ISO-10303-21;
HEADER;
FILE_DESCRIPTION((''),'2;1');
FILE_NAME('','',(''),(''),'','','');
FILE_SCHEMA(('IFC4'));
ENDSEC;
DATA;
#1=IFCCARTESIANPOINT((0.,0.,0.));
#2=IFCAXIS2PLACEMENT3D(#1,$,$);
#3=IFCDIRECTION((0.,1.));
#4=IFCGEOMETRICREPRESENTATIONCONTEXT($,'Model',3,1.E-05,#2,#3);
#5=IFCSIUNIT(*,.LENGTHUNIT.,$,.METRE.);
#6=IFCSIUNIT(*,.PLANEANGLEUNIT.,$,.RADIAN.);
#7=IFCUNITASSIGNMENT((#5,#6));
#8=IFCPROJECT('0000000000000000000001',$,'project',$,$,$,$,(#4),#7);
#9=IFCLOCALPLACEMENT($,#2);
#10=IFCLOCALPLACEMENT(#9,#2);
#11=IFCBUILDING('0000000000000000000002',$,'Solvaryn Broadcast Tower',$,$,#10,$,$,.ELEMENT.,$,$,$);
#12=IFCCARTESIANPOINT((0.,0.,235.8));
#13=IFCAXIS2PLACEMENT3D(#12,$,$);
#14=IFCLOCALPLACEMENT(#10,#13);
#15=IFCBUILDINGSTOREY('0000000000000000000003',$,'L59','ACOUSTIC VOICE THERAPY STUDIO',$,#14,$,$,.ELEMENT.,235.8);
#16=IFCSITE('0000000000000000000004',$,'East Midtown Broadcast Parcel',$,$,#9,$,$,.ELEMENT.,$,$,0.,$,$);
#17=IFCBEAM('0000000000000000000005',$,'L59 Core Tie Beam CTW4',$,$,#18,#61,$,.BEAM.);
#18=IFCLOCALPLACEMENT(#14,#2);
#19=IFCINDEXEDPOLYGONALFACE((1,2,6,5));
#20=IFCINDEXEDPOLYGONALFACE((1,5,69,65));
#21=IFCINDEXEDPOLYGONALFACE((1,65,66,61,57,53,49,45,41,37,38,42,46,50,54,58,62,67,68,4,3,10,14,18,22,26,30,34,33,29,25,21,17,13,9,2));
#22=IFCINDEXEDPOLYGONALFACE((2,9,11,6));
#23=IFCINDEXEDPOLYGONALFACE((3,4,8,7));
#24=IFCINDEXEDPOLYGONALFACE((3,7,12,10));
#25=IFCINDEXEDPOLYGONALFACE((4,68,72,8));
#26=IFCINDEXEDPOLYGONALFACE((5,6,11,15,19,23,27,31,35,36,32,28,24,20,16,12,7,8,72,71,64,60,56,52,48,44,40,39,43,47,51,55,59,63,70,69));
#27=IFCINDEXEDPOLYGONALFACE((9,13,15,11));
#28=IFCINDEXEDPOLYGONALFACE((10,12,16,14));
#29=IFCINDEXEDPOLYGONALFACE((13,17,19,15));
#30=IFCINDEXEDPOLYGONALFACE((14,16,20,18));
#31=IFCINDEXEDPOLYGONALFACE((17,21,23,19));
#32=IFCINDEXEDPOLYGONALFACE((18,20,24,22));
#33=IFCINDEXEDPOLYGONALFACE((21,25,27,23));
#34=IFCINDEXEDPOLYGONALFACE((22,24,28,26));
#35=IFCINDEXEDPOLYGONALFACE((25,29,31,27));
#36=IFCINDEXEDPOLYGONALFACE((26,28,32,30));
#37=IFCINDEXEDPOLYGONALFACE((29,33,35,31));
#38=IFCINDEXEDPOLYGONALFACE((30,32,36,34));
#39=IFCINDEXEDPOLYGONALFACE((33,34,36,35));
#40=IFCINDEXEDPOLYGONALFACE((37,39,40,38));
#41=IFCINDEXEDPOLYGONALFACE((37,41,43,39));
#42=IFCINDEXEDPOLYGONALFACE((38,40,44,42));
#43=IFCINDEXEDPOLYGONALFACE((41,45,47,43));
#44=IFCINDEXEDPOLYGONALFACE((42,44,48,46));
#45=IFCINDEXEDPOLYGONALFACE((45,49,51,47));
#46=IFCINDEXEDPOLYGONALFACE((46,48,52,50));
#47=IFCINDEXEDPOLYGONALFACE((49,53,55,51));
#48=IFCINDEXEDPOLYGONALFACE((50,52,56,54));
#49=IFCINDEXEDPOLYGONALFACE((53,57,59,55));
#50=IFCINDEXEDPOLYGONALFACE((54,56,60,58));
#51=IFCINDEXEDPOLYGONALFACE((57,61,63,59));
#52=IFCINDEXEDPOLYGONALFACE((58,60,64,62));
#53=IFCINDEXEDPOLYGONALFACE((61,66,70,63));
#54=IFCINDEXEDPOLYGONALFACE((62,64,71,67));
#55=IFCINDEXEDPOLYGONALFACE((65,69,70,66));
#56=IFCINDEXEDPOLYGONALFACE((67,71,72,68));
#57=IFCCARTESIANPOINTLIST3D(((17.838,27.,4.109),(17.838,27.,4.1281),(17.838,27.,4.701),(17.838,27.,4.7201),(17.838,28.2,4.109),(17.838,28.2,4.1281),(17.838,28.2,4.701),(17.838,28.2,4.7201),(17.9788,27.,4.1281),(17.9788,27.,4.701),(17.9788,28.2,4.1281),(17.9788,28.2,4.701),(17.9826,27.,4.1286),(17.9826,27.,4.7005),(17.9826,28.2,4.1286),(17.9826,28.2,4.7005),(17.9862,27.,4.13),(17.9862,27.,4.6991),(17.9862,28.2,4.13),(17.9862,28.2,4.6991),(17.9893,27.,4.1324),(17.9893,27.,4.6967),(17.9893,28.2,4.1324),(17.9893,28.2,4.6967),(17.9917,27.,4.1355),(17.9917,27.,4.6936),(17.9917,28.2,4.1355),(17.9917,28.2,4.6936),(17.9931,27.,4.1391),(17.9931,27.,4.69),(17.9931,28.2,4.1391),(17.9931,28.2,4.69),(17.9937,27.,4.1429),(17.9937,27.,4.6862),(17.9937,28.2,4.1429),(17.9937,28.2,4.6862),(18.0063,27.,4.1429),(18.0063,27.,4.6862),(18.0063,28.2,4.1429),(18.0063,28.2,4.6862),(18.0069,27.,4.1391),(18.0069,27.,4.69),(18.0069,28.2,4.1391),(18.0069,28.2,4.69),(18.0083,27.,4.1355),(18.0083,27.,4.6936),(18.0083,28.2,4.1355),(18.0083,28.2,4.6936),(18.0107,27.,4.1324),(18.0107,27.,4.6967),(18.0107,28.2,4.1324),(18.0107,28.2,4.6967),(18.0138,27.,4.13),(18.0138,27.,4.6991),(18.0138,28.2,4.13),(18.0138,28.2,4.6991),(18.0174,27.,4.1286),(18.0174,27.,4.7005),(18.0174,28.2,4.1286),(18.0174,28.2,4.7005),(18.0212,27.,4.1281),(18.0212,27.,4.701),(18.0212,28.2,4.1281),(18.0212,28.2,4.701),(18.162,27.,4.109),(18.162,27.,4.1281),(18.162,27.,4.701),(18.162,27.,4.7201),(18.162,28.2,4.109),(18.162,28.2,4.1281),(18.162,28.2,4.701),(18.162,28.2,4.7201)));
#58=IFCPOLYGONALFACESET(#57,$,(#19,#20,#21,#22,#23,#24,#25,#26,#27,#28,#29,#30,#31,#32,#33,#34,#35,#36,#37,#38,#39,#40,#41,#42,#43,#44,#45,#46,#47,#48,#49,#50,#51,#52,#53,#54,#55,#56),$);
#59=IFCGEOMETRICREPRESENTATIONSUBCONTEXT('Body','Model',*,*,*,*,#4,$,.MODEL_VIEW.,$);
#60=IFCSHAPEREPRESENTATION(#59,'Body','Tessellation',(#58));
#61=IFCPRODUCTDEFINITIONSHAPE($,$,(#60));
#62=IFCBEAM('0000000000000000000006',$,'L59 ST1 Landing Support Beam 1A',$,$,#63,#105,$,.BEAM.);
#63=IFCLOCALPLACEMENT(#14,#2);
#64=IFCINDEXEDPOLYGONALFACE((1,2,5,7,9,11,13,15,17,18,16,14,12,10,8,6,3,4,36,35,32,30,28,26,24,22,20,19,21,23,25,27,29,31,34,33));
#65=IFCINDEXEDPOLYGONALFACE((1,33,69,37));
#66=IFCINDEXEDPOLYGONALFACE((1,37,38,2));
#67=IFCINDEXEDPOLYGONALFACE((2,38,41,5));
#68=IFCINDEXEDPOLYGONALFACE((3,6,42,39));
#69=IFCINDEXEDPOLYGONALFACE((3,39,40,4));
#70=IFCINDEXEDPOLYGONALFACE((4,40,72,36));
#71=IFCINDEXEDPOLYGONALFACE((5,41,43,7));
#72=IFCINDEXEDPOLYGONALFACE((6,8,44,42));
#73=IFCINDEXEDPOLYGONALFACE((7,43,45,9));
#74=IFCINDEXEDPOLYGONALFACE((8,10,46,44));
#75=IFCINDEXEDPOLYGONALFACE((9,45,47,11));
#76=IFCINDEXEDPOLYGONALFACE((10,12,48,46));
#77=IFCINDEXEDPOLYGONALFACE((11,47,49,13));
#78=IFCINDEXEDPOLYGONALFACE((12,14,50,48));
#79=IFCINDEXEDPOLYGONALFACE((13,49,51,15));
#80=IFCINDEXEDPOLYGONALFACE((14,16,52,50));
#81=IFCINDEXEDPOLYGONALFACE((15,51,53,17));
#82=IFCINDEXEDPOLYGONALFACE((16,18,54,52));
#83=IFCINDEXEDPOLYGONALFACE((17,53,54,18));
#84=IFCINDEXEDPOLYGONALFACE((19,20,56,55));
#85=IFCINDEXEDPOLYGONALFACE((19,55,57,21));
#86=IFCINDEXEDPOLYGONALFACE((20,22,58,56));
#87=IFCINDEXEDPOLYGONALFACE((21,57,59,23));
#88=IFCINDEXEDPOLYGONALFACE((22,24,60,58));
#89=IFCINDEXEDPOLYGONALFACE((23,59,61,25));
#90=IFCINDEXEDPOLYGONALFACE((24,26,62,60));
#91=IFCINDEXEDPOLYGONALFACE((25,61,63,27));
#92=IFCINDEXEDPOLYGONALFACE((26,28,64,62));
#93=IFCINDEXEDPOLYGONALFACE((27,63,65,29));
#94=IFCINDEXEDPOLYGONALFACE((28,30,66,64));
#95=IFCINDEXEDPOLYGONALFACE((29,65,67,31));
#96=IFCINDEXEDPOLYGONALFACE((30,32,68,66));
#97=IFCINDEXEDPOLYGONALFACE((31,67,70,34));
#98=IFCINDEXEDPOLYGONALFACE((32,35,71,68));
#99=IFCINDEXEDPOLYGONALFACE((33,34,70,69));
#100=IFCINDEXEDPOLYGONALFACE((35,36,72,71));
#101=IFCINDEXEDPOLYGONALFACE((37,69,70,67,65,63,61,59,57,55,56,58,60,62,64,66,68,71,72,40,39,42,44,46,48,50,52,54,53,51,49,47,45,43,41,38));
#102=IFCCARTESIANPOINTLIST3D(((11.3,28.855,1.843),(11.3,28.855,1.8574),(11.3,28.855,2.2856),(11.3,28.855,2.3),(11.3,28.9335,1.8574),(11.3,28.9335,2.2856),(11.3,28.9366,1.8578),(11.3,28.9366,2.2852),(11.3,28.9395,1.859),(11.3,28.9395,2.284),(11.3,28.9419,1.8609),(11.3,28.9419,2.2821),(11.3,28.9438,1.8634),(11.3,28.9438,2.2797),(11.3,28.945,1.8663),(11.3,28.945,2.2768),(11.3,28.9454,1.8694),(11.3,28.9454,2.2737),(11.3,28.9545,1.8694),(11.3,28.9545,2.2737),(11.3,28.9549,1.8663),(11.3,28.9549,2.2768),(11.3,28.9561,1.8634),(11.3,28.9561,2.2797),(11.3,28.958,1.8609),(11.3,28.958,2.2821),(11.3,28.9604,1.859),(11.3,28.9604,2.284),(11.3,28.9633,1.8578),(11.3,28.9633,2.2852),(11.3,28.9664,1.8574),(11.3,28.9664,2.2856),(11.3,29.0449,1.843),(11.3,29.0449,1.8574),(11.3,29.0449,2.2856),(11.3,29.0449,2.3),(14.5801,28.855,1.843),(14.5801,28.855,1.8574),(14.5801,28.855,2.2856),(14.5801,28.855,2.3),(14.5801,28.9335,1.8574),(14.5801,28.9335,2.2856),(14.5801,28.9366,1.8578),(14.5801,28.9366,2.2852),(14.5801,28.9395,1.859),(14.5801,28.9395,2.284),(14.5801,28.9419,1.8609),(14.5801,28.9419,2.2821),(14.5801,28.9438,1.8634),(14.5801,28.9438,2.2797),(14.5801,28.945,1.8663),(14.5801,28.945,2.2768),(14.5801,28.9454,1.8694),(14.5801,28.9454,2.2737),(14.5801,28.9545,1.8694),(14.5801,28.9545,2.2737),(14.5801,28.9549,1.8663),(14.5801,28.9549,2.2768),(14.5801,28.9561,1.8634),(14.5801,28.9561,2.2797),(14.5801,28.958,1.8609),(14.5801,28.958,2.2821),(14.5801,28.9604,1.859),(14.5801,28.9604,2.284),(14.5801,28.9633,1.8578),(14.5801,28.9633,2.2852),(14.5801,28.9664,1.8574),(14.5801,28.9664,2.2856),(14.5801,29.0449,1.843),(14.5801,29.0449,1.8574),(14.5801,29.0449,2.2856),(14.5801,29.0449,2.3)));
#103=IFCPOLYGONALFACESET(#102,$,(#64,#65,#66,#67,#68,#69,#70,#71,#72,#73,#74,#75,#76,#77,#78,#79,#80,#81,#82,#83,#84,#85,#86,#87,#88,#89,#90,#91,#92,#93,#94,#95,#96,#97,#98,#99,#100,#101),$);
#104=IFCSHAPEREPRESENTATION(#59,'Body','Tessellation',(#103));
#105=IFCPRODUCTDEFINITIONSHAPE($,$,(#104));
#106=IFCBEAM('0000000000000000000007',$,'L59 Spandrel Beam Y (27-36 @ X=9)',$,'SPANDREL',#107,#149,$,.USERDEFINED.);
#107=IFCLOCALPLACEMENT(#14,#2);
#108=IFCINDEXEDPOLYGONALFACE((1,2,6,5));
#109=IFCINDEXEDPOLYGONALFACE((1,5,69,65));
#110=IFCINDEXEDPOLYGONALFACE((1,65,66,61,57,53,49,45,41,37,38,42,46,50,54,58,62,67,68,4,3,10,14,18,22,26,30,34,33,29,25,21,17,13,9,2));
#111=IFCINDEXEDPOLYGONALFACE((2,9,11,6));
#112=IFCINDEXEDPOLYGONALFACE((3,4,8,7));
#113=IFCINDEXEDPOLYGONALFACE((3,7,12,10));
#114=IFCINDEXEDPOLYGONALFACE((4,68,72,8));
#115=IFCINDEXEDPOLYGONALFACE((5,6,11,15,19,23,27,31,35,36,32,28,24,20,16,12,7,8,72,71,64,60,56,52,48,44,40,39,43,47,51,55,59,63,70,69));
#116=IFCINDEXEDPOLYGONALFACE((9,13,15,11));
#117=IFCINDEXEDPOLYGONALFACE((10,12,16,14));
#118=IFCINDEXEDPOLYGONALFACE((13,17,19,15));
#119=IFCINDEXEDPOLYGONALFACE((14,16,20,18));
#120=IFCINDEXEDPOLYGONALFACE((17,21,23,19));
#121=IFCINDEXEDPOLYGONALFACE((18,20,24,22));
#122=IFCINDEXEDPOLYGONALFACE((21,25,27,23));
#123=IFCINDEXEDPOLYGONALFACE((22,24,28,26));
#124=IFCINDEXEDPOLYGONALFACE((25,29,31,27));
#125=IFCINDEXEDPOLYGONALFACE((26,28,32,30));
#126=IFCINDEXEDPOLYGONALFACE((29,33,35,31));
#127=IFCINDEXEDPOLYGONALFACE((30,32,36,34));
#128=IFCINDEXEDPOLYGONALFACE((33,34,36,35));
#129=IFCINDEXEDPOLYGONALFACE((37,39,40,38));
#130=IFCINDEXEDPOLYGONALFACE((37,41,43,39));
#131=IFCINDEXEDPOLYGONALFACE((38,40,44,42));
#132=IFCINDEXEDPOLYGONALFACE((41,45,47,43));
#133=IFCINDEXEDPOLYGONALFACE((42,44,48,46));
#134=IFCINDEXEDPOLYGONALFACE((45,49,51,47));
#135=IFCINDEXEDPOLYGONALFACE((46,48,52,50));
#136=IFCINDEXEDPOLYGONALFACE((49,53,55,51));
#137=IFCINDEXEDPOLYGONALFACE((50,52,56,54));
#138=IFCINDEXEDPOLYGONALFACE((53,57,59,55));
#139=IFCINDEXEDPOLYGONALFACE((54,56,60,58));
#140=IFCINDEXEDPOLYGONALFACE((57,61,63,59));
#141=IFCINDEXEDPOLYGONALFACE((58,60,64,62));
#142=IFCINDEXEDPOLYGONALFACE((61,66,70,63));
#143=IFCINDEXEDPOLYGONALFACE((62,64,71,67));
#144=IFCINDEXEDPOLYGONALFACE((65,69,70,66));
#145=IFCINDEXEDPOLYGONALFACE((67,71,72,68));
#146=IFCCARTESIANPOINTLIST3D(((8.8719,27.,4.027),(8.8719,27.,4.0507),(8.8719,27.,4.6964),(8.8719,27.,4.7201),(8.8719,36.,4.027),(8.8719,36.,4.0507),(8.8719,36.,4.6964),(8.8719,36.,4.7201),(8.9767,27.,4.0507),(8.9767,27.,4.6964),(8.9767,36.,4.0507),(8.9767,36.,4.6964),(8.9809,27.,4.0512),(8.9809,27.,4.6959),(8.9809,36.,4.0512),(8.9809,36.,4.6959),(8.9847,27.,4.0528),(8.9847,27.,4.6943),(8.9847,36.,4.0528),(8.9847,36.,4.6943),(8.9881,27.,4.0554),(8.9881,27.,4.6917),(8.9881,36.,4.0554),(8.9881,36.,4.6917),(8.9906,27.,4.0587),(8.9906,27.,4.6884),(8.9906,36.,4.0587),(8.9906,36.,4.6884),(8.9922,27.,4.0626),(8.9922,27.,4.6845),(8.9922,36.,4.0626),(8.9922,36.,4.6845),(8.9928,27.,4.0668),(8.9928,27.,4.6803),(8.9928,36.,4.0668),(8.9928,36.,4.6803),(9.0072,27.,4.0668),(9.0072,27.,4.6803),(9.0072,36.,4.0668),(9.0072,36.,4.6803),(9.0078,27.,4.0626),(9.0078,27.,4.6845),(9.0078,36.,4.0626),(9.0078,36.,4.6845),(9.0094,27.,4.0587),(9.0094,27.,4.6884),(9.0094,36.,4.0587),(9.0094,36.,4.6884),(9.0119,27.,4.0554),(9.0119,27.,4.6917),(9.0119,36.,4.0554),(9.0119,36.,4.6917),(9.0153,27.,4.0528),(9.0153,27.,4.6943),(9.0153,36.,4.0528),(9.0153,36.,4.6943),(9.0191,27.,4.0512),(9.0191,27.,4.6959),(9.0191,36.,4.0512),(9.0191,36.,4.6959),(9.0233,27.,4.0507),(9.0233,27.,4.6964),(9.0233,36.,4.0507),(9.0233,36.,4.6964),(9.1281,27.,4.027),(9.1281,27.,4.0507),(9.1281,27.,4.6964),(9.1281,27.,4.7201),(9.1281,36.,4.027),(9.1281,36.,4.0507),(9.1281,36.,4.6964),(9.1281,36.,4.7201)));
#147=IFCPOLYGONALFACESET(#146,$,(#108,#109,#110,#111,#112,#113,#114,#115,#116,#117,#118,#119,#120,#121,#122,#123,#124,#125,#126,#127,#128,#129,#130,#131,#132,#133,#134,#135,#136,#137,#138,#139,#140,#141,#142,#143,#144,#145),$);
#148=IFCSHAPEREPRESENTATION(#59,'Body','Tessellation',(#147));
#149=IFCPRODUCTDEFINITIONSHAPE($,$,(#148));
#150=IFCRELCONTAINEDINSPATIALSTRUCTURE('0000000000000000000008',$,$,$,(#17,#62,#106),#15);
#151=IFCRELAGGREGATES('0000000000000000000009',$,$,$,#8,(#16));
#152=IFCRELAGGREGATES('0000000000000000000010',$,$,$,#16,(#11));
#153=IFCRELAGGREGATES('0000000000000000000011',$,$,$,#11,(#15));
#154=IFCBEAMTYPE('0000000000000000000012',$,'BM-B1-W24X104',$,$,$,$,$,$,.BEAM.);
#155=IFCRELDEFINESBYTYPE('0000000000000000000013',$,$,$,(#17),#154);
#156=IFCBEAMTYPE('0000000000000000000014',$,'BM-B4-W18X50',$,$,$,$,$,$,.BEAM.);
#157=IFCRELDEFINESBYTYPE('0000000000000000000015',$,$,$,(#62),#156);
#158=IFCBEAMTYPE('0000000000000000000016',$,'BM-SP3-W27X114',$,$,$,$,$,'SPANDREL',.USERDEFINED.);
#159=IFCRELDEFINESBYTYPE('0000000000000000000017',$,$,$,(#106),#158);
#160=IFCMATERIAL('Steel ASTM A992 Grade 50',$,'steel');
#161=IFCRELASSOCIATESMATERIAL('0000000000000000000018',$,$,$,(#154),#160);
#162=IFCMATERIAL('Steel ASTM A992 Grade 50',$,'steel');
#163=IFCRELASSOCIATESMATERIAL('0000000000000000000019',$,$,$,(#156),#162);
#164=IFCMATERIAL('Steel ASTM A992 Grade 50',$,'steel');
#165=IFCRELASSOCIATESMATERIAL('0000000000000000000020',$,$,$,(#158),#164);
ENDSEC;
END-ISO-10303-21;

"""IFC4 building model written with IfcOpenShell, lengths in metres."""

from ifc_helpers import new_model, si_unit, direction, frame, origin, origin_2d, place, context, subcontext, project, spatial, i_section, extrude, material, material_profile, profile_set, type_object, element, save


model = new_model("IFC4")

# Units and contexts
model_context = context("Model", 3, precision=1e-05, world=origin(), true_north=direction((0.0, 1.0)))
body_context = subcontext(model_context, "Body", "Model", "MODEL_VIEW")
ifc_project = project(units=[si_unit("LENGTHUNIT", "METRE"), si_unit("PLANEANGLEUNIT", "RADIAN")], contexts=[model_context])

# Site, building, storey
site_placement = place(None, origin())
site = spatial("IfcSite", under=ifc_project, at=site_placement, Name="East Midtown Broadcast Parcel", CompositionType="ELEMENT", RefElevation=0.0)
building_placement = place(site_placement, origin())
building = spatial("IfcBuilding", under=site, at=building_placement, Name="Solvaryn Broadcast Tower", CompositionType="ELEMENT")
storey_placement = place(building_placement, frame((0.0, 0.0, 235.8)))
storey = spatial("IfcBuildingStorey", under=building, at=storey_placement, Name="L59", Description="ACOUSTIC VOICE THERAPY STUDIO", CompositionType="ELEMENT", Elevation=235.8)

# Beams
ifc_material_1 = material(Name="Steel ASTM A992 Grade 50", Category="steel")
ifc_material_profile_1 = material_profile(ifc_material_1, i_section(OverallWidth=0.324, OverallDepth=0.6111, WebThickness=0.0127, FlangeThickness=0.019, FilletRadius=0.0149, at=origin_2d()))
ifc_profile_set_1 = profile_set([ifc_material_profile_1], Name="Steel ASTM A992 Grade 50")
beam_type_1 = type_object("IfcBeamType", Name="BM-B1-W24X104", PredefinedType="BEAM", material=ifc_profile_set_1)
beam_1_placement = place(storey_placement, frame((18.0, 27.0, 4.4146), z_axis=(0.0, 1.0, 0.0), x_axis=(-1.0, 0.0, 0.0)))
element("IfcBeam", 1, at=beam_1_placement, inside=storey, type_object=beam_type_1, Name="L59 Core Tie Beam CTW4", PredefinedType="BEAM", context=body_context, shape_type="SweptSolid", body=[
    extrude(i_section(OverallWidth=0.324, OverallDepth=0.6111, WebThickness=0.0127, FlangeThickness=0.019, FilletRadius=0.0149, at=origin_2d()), origin(), (0.0, 0.0, 1.0), 1.2),
])
ifc_material_2 = material(Name="Steel ASTM A992 Grade 50", Category="steel")
ifc_material_profile_2 = material_profile(ifc_material_2, i_section(OverallWidth=0.1899, OverallDepth=0.457, WebThickness=0.009, FlangeThickness=0.0144, FilletRadius=0.012, at=origin_2d()))
ifc_profile_set_2 = profile_set([ifc_material_profile_2], Name="Steel ASTM A992 Grade 50")
beam_type_2 = type_object("IfcBeamType", Name="BM-B4-W18X50", PredefinedType="BEAM", material=ifc_profile_set_2)
beam_2_placement = place(storey_placement, frame((11.3, 28.95, 2.0715), z_axis=(1.0, 0.0, 0.0), x_axis=(0.0, 1.0, 0.0)))
element("IfcBeam", 2, at=beam_2_placement, inside=storey, type_object=beam_type_2, Name="L59 ST1 Landing Support Beam 1A", PredefinedType="BEAM", context=body_context, shape_type="SweptSolid", body=[
    extrude(i_section(OverallWidth=0.1899, OverallDepth=0.457, WebThickness=0.009, FlangeThickness=0.0144, FilletRadius=0.012, at=origin_2d()), origin(), (0.0, 0.0, 1.0), 3.28),
])
ifc_material_3 = material(Name="Steel ASTM A992 Grade 50", Category="steel")
ifc_material_profile_3 = material_profile(ifc_material_3, i_section(OverallWidth=0.2561, OverallDepth=0.6931, WebThickness=0.0144, FlangeThickness=0.0237, FilletRadius=0.0161, at=origin_2d()))
ifc_profile_set_3 = profile_set([ifc_material_profile_3], Name="Steel ASTM A992 Grade 50")
beam_type_3 = type_object("IfcBeamType", Name="BM-SP3-W27X114", ElementType="SPANDREL", PredefinedType="USERDEFINED", material=ifc_profile_set_3)
beam_3_placement = place(storey_placement, frame((9.0, 27.0, 4.3735), z_axis=(0.0, 1.0, 0.0), x_axis=(-1.0, 0.0, 0.0)))
element("IfcBeam", 3, at=beam_3_placement, inside=storey, type_object=beam_type_3, Name="L59 Spandrel Beam Y (27-36 @ X=9)", ObjectType="SPANDREL", PredefinedType="USERDEFINED", context=body_context, shape_type="SweptSolid", body=[
    extrude(i_section(OverallWidth=0.2561, OverallDepth=0.6931, WebThickness=0.0144, FlangeThickness=0.0237, FilletRadius=0.0161, at=origin_2d()), origin(), (0.0, 0.0, 1.0), 9.0),
])

save(model, "model.ifc")
